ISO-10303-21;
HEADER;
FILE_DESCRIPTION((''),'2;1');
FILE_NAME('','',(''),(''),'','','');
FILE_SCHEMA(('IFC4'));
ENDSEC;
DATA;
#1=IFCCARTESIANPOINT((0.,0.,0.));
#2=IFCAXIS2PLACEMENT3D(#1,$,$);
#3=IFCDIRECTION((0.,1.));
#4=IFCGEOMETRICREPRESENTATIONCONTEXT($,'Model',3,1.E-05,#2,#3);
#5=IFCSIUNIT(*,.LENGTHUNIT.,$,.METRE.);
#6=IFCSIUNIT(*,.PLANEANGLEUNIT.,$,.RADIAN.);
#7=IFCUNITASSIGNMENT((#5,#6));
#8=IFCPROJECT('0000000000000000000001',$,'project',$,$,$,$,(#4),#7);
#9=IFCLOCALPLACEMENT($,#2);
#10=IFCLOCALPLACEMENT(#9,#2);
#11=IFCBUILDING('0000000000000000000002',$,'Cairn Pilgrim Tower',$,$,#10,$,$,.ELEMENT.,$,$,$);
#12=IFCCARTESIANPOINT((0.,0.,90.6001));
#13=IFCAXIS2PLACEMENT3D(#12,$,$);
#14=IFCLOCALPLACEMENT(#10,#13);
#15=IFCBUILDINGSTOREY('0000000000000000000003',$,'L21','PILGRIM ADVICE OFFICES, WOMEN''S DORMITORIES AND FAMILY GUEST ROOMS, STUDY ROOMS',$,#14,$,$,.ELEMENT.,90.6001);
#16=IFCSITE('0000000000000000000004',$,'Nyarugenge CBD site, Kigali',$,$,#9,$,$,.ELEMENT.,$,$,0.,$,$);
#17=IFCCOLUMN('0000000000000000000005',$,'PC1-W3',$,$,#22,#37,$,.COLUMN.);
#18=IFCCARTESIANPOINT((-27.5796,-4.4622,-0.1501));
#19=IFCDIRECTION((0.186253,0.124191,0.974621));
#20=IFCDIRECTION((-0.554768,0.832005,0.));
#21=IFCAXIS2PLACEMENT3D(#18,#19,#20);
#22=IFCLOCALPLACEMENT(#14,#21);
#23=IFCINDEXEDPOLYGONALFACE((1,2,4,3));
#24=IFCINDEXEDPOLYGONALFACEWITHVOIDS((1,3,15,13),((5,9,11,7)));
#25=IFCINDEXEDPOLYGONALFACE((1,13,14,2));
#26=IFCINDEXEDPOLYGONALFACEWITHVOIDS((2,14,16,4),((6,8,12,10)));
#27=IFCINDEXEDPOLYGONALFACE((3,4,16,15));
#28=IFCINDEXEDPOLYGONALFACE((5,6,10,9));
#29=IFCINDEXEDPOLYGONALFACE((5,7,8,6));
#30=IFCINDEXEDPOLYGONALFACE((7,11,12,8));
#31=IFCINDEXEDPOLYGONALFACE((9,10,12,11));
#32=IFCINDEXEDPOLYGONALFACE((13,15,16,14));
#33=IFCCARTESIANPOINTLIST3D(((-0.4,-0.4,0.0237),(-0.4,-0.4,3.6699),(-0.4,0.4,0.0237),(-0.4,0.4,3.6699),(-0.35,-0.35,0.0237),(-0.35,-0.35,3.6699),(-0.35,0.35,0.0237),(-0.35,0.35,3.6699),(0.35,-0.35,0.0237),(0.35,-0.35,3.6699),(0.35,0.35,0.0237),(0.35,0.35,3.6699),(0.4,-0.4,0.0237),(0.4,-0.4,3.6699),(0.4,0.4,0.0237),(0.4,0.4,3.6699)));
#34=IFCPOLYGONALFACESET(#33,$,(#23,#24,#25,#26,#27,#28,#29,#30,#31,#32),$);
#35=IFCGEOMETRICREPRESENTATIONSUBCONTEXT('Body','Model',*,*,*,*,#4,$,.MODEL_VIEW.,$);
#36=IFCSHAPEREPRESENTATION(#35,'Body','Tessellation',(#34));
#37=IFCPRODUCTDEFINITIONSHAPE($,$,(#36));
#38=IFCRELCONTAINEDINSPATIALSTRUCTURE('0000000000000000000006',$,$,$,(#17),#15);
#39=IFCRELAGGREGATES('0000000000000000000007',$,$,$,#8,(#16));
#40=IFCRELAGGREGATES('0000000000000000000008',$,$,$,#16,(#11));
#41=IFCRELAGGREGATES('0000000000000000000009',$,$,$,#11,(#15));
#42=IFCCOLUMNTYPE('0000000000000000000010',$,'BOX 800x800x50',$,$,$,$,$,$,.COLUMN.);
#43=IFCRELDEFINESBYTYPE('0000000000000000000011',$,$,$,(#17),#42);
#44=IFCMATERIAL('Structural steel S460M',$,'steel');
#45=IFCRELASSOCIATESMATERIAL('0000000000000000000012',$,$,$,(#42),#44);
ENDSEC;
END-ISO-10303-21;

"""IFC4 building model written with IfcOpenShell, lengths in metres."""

from ifc_helpers import new_model, si_unit, direction, frame, origin, origin_2d, place, context, subcontext, project, spatial, hollow_rectangle, extrude, clip, halfspace, material, material_profile, profile_set, type_object, element, save


model = new_model("IFC4")

# Units and contexts
model_context = context("Model", 3, precision=1e-05, world=origin(), true_north=direction((0.0, 1.0)))
body_context = subcontext(model_context, "Body", "Model", "MODEL_VIEW")
ifc_project = project(units=[si_unit("LENGTHUNIT", "METRE"), si_unit("PLANEANGLEUNIT", "RADIAN")], contexts=[model_context])

# Site, building, storey
site_placement = place(None, origin())
site = spatial("IfcSite", under=ifc_project, at=site_placement, Name="Nyarugenge CBD site, Kigali", CompositionType="ELEMENT", RefElevation=0.0)
building_placement = place(site_placement, origin())
building = spatial("IfcBuilding", under=site, at=building_placement, Name="Cairn Pilgrim Tower", CompositionType="ELEMENT")
storey_placement = place(building_placement, frame((0.0, 0.0, 90.6001)))
storey = spatial("IfcBuildingStorey", under=building, at=storey_placement, Name="L21", Description="PILGRIM ADVICE OFFICES, WOMEN'S DORMITORIES AND FAMILY GUEST ROOMS, STUDY ROOMS", CompositionType="ELEMENT", Elevation=90.6001)

# Column
ifc_material_1 = material(Name="Structural steel S460M", Category="steel")
ifc_material_profile_1 = material_profile(ifc_material_1, hollow_rectangle(XDim=0.8, YDim=0.8, WallThickness=0.05, at=origin_2d()), Name="BOX 800x800x50")
ifc_profile_set_1 = profile_set([ifc_material_profile_1], Name="Structural steel S460M")
column_type = type_object("IfcColumnType", Name="BOX 800x800x50", PredefinedType="COLUMN", material=ifc_profile_set_1)
column_placement = place(storey_placement, frame((-27.5796, -4.4622, -0.1501), z_axis=(0.186253, 0.124191, 0.974621), x_axis=(-0.554768, 0.832005, 0.0)))
element("IfcColumn", 1, at=column_placement, inside=storey, type_object=column_type, Name="PC1-W3", PredefinedType="COLUMN", context=body_context, shape_type="Clipping", body=[
    clip(clip(extrude(hollow_rectangle(XDim=0.8, YDim=0.8, WallThickness=0.05, at=origin_2d()), origin(), (0.0, 0.0, 1.0), 3.6938), halfspace(frame((0.0, 0.0, 0.0237), z_axis=(0.0, 0.0, 1.0), x_axis=(1.0, 0.0, 0.0)), True)), halfspace(frame((0.0, 0.0, 3.6699), z_axis=(0.0, 0.0, 1.0), x_axis=(1.0, 0.0, 0.0)), False)),
])

save(model, "model.ifc")
